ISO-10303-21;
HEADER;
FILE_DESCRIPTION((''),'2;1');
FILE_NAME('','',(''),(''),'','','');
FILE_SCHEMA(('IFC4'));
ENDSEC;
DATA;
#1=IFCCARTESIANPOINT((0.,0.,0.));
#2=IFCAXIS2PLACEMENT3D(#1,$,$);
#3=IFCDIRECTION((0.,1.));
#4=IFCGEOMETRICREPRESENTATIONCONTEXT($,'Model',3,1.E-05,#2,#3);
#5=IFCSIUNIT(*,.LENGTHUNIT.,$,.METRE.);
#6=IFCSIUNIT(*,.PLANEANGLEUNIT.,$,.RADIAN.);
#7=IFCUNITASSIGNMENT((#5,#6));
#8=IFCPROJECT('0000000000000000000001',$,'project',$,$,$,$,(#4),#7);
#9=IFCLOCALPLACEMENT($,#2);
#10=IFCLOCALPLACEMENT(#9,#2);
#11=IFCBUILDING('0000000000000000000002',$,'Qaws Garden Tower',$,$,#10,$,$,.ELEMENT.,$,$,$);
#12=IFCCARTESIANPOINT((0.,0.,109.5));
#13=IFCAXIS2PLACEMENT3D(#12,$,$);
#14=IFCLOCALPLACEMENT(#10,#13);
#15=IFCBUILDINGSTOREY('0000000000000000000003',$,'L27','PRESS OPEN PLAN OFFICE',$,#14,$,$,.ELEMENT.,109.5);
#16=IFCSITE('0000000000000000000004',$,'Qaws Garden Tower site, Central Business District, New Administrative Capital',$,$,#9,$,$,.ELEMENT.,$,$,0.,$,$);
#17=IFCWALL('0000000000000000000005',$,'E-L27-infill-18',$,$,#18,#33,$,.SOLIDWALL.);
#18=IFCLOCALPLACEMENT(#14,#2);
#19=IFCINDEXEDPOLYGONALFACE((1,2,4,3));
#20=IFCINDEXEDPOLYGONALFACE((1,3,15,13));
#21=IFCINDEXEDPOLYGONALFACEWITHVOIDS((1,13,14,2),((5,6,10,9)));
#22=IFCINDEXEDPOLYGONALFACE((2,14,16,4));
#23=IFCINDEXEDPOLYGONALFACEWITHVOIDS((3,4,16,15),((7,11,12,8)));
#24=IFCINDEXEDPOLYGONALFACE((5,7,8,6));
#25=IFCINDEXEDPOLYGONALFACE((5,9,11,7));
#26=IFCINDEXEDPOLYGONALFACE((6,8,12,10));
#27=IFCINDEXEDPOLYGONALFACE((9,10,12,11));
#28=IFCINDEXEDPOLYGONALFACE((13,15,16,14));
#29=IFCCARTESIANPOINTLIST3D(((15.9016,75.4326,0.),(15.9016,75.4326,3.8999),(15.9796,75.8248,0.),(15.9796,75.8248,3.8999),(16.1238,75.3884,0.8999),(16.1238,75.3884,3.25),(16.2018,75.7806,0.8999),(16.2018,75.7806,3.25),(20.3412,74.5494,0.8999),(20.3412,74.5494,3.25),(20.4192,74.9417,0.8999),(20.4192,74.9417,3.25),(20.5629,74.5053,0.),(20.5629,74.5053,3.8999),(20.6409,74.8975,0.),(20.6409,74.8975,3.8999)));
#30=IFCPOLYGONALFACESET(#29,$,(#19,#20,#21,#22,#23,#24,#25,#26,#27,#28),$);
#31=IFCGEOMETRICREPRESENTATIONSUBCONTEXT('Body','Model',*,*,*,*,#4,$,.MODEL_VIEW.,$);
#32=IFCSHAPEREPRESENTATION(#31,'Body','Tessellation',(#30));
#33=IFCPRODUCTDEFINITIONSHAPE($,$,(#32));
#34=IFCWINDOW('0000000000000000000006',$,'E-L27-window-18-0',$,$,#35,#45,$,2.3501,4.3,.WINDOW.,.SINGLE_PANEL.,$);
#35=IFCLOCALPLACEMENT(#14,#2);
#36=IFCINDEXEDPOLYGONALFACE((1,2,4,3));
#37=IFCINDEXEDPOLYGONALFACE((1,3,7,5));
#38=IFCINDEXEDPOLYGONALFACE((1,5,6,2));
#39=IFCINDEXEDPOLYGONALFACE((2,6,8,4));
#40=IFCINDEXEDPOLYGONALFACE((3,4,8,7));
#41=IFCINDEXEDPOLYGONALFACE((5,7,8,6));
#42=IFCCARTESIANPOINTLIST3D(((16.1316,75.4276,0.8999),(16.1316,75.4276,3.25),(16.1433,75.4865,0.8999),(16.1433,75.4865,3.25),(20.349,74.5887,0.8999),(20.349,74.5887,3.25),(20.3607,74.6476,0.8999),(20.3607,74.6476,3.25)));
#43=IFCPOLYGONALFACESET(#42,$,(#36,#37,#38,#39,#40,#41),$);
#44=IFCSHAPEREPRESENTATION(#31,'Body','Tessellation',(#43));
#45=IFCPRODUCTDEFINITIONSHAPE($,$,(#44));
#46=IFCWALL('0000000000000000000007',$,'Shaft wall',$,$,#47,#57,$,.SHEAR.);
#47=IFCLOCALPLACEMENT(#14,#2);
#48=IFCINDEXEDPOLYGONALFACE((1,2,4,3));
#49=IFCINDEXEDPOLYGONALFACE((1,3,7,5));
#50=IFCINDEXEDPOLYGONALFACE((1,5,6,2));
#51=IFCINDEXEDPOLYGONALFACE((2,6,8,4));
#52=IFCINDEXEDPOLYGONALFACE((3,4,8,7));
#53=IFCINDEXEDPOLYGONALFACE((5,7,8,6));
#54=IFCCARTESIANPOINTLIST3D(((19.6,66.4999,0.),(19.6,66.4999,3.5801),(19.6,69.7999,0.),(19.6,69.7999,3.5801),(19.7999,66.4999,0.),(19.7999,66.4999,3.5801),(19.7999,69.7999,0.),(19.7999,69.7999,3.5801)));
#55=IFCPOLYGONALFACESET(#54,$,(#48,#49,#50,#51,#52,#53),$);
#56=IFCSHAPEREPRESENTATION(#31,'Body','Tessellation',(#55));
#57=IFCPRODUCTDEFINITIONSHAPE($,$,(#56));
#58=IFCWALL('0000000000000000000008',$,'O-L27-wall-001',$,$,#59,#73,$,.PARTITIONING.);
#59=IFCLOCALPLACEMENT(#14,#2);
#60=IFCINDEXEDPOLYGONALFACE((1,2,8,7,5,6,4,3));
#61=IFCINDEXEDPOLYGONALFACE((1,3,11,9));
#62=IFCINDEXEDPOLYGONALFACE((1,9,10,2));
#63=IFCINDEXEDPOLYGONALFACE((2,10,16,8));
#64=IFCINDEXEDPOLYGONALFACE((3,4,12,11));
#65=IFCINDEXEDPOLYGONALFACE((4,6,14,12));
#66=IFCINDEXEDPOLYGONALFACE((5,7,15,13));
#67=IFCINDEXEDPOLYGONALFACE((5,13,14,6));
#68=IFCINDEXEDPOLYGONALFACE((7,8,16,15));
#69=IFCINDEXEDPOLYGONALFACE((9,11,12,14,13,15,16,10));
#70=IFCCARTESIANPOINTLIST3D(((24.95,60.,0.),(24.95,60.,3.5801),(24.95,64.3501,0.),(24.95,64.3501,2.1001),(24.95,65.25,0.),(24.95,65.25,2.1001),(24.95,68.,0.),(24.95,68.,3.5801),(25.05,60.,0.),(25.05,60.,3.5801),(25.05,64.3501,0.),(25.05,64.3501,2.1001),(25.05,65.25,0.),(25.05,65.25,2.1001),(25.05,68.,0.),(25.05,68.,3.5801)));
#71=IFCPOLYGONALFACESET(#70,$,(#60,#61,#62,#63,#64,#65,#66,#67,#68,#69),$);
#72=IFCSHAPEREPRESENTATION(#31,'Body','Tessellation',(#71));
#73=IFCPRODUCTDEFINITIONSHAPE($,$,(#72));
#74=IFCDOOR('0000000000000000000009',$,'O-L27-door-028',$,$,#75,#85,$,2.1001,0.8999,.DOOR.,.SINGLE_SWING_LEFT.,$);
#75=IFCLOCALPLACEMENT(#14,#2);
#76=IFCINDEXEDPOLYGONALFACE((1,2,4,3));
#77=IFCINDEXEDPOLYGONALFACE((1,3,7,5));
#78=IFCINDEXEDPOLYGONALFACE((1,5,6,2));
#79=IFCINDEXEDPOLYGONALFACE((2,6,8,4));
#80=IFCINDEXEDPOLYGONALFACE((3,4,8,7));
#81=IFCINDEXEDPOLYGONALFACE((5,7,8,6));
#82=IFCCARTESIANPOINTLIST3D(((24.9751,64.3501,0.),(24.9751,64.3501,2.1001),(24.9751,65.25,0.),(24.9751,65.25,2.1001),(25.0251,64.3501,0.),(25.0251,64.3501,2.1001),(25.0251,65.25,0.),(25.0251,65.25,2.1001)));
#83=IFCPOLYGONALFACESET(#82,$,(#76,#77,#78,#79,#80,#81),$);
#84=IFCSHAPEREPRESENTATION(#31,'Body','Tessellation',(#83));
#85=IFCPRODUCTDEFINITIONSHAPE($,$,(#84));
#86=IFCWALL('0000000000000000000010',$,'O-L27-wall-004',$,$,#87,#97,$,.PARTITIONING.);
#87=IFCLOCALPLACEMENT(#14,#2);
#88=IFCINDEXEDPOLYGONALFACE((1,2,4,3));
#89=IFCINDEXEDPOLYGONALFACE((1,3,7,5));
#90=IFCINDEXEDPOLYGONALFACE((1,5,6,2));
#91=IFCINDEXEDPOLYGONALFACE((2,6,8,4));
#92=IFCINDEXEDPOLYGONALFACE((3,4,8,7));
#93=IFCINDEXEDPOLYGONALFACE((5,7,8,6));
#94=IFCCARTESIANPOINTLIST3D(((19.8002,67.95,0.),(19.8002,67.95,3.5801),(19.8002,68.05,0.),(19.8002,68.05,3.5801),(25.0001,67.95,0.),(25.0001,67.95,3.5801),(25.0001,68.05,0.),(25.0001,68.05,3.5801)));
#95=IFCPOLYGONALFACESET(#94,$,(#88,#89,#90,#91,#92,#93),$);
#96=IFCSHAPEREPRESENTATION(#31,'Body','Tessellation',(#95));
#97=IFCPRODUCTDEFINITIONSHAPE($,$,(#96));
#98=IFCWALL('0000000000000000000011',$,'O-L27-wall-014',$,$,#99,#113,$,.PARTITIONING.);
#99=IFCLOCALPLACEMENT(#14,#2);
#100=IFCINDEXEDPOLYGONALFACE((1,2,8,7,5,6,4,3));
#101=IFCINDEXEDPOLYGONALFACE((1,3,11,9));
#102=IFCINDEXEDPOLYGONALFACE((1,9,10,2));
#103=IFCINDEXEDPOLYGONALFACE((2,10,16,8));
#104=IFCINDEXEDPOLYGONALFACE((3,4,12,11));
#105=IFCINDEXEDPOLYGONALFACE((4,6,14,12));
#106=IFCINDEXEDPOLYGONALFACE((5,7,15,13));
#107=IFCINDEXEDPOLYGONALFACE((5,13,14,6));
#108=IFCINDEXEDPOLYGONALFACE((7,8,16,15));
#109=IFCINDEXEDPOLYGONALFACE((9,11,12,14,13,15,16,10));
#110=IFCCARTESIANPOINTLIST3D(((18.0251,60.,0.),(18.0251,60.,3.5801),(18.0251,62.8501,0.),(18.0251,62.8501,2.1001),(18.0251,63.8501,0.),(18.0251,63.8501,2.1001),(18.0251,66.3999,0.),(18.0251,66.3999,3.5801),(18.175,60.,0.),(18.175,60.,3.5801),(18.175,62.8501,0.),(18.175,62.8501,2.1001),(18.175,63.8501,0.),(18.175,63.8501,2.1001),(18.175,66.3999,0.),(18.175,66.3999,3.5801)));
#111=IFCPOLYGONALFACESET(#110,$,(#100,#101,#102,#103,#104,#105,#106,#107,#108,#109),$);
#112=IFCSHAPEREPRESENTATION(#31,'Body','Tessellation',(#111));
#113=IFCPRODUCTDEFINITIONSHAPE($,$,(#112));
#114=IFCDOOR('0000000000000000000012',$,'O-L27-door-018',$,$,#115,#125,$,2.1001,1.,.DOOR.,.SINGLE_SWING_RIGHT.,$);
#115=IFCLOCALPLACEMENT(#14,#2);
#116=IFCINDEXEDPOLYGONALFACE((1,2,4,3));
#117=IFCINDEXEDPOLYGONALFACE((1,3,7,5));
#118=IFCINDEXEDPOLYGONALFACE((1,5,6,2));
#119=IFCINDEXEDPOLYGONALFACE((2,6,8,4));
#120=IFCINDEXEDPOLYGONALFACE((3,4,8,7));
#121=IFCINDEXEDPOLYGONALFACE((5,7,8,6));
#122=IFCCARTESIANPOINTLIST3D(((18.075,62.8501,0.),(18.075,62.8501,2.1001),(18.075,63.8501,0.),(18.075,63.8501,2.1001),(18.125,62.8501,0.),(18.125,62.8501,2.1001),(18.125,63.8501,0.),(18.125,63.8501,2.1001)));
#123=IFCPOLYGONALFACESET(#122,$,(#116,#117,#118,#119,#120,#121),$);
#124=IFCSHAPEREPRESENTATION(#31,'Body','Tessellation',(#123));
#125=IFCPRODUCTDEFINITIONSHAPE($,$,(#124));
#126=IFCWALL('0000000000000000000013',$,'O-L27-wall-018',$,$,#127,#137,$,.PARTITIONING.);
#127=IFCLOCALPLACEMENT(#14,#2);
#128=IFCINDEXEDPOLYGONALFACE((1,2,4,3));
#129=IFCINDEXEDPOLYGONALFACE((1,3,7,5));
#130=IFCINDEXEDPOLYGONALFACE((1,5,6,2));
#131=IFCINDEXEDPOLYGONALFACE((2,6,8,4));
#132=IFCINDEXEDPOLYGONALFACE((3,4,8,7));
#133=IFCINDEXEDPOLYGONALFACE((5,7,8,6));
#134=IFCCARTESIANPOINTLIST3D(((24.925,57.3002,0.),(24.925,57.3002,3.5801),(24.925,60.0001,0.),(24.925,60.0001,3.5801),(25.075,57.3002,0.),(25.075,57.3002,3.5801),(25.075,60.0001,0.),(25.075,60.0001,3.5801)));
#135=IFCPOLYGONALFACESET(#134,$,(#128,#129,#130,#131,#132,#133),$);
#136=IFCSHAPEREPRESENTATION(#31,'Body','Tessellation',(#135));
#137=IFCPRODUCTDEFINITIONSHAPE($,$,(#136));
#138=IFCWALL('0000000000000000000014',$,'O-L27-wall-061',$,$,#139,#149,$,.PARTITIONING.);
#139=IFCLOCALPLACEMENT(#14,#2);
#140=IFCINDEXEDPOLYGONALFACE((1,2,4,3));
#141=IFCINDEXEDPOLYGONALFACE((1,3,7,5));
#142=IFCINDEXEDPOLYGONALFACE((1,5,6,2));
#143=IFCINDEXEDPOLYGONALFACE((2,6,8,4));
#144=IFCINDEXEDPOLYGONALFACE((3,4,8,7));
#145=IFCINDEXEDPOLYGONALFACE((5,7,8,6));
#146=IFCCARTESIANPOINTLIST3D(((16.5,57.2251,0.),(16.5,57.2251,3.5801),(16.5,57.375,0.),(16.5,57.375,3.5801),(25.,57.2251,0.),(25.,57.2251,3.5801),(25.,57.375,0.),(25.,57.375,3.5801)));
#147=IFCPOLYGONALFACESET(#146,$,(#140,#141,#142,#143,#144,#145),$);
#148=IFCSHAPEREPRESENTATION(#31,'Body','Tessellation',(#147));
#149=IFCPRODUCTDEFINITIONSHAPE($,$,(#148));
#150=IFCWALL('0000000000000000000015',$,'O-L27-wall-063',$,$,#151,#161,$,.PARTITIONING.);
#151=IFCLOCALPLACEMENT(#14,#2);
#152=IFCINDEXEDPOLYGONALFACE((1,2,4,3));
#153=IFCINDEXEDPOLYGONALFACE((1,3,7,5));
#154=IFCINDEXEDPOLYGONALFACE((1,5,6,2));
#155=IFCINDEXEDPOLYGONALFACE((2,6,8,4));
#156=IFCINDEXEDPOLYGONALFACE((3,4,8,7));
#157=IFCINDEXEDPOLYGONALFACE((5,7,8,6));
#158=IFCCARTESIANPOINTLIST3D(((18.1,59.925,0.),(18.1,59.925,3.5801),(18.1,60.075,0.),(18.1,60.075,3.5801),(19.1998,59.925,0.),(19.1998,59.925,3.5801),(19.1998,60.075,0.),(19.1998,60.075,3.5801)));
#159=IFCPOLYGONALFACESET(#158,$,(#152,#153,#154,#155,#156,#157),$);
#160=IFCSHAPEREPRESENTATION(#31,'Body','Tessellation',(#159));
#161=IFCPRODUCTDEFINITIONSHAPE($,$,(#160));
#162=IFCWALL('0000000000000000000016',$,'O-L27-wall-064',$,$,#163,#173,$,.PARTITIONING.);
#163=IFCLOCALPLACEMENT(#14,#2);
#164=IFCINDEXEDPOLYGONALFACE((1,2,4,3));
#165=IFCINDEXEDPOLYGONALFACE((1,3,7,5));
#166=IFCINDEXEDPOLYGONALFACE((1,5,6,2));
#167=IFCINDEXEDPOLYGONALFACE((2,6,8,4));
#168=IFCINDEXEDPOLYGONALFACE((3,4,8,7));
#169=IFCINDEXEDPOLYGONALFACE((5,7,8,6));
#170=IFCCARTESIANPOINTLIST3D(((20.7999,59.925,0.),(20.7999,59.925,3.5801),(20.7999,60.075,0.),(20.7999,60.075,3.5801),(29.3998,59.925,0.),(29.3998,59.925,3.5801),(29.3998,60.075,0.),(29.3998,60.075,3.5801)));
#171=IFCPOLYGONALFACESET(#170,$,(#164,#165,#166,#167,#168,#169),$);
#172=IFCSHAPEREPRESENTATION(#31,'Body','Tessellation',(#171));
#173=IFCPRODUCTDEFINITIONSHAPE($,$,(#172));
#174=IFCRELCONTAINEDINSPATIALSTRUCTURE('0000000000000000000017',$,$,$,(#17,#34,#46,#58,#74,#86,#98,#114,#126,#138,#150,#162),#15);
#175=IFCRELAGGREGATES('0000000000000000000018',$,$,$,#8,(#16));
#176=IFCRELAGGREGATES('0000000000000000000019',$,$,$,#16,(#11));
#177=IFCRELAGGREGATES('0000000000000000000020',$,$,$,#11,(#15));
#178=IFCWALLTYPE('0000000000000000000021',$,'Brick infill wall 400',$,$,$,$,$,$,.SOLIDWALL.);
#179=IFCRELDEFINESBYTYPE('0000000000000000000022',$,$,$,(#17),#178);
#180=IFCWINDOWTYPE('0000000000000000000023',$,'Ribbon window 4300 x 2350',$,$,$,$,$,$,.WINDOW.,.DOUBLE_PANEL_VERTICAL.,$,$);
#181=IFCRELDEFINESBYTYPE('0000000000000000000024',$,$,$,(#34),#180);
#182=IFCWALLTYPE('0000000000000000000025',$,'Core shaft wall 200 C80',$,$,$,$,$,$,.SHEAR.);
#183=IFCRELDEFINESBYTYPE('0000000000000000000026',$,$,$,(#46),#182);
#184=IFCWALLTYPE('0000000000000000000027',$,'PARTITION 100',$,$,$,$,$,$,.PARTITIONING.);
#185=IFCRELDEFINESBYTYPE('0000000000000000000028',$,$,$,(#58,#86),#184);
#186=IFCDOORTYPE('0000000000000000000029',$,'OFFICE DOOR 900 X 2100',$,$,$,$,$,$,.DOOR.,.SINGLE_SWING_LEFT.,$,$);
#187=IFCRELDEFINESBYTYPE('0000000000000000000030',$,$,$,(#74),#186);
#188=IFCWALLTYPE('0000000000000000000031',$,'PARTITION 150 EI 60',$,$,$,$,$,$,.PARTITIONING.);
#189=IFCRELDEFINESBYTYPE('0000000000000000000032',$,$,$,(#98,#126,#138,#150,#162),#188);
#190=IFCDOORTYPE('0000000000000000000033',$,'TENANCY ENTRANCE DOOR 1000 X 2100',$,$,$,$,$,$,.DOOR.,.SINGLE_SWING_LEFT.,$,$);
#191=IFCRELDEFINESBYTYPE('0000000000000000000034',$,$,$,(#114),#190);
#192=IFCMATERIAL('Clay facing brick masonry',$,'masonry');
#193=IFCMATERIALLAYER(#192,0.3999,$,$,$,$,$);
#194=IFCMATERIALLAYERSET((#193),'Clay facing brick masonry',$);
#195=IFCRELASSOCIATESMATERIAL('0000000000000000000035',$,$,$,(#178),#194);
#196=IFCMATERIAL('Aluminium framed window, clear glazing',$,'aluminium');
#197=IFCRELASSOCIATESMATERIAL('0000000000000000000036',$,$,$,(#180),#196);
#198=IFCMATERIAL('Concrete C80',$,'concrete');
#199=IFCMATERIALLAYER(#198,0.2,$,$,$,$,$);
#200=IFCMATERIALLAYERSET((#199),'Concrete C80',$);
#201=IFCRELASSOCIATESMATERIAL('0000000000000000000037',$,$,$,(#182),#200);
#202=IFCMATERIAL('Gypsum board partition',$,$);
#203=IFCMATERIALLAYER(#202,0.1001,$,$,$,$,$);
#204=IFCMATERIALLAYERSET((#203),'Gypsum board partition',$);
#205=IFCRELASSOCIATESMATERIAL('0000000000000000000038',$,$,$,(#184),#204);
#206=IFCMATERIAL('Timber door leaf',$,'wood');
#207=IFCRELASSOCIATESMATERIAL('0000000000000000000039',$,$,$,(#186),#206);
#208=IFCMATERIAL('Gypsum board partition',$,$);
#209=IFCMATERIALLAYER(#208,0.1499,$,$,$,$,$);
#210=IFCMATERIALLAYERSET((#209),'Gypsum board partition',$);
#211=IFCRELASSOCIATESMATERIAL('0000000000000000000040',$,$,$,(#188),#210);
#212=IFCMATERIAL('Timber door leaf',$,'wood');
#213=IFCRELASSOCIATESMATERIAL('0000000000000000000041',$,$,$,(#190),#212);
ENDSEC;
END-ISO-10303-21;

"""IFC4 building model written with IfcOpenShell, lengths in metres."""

from ifc_helpers import new_model, si_unit, direction, frame, frame_2d, origin, place, context, subcontext, project, spatial, rectangle, extrude, material, layer, layer_set, type_object, element, fill, save


model = new_model("IFC4")

# Units and contexts
model_context = context("Model", 3, precision=1e-05, world=origin(), true_north=direction((0.0, 1.0)))
body_context = subcontext(model_context, "Body", "Model", "MODEL_VIEW")
ifc_project = project(units=[si_unit("LENGTHUNIT", "METRE"), si_unit("PLANEANGLEUNIT", "RADIAN")], contexts=[model_context])

# Site, building, storey
site_placement = place(None, origin())
site = spatial("IfcSite", under=ifc_project, at=site_placement, Name="Qaws Garden Tower site, Central Business District, New Administrative Capital", CompositionType="ELEMENT", RefElevation=0.0)
building_placement = place(site_placement, origin())
building = spatial("IfcBuilding", under=site, at=building_placement, Name="Qaws Garden Tower", CompositionType="ELEMENT")
storey_placement = place(building_placement, frame((0.0, 0.0, 109.5)))
storey = spatial("IfcBuildingStorey", under=building, at=storey_placement, Name="L27", Description="PRESS OPEN PLAN OFFICE", CompositionType="ELEMENT", Elevation=109.5)

# Wall, opening, window
ifc_material_1 = material(Name="Clay facing brick masonry", Category="masonry")
ifc_layer_1 = layer(ifc_material_1, 0.3999)
ifc_layer_set_1 = layer_set([ifc_layer_1], Name="Clay facing brick masonry")
wall_type_1 = type_object("IfcWallType", Name="Brick infill wall 400", PredefinedType="SOLIDWALL", material=ifc_layer_set_1)
ifc_material_2 = material(Name="Aluminium framed window, clear glazing", Category="aluminium")
window_type = type_object("IfcWindowType", Name="Ribbon window 4300 x 2350", PartitioningType="DOUBLE_PANEL_VERTICAL", PredefinedType="WINDOW", material=ifc_material_2)
wall_1_placement = place(storey_placement, frame((20.6021, 74.7014, 0.0), z_axis=(0.0, 0.0, 1.0), x_axis=(-0.980784, 0.195099, 0.0)))
wall_1 = element("IfcWall", 1, at=wall_1_placement, inside=storey, type_object=wall_type_1, Name="E-L27-infill-18", PredefinedType="SOLIDWALL", context=body_context, shape_type="SweptSolid", body=[
    extrude(rectangle(XDim=4.7527, YDim=0.3999, at=frame_2d((2.3765, 0.0))), origin(), (0.0, 0.0, 1.0), 3.8999),
])
opening_1_placement = place(wall_1_placement, frame((0.2263, 0.0, 0.8999)))
opening_1 = element("IfcOpeningElement", 2, at=opening_1_placement, cuts=wall_1, PredefinedType="OPENING", context=body_context, shape_type="SweptSolid", body=[
    extrude(rectangle(XDim=4.3, YDim=2.3501, at=frame_2d((2.1499, 1.175))), frame((0.0, 0.21, 0.0), z_axis=(0.0, -1.0, 0.0), x_axis=(1.0, 0.0, 0.0)), (0.0, 0.0, 1.0), 0.4199),
])
window_1_placement = place(opening_1_placement, origin())
window_1 = element("IfcWindow", 3, at=window_1_placement, inside=storey, type_object=window_type, Name="E-L27-window-18-0", OverallHeight=2.3501, OverallWidth=4.3, PartitioningType="SINGLE_PANEL", PredefinedType="WINDOW", context=body_context, shape_type="SweptSolid", body=[
    extrude(rectangle(XDim=4.3, YDim=2.3501, at=frame_2d((2.1499, 1.175))), frame((0.0, 0.1599, 0.0), z_axis=(0.0, -1.0, 0.0), x_axis=(1.0, 0.0, 0.0)), (0.0, 0.0, 1.0), 0.0601),
])
fill(opening_1, window_1)

# Wall
ifc_material_3 = material(Name="Concrete C80", Category="concrete")
ifc_layer_2 = layer(ifc_material_3, 0.2)
ifc_layer_set_2 = layer_set([ifc_layer_2], Name="Concrete C80")
wall_type_2 = type_object("IfcWallType", Name="Core shaft wall 200 C80", PredefinedType="SHEAR", material=ifc_layer_set_2)
wall_2_placement = place(storey_placement, frame((19.7, 66.5, 0.0), z_axis=(0.0, 0.0, 1.0), x_axis=(0.0, 1.0, 0.0)))
element("IfcWall", 4, at=wall_2_placement, inside=storey, type_object=wall_type_2, Name="Shaft wall", PredefinedType="SHEAR", context=body_context, shape_type="SweptSolid", body=[
    extrude(rectangle(XDim=3.3, YDim=0.2, at=frame_2d((1.6499, 0.0))), origin(), (0.0, 0.0, 1.0), 3.5801),
])

# Wall, opening, door
ifc_material_4 = material(Name="Gypsum board partition")
ifc_layer_3 = layer(ifc_material_4, 0.1001)
ifc_layer_set_3 = layer_set([ifc_layer_3], Name="Gypsum board partition")
wall_type_3 = type_object("IfcWallType", Name="PARTITION 100", PredefinedType="PARTITIONING", material=ifc_layer_set_3)
wall_3_placement = place(storey_placement, frame((25.0, 60.0, 0.0), z_axis=(0.0, 0.0, 1.0), x_axis=(0.0, 1.0, 0.0)))
wall_3 = element("IfcWall", 5, at=wall_3_placement, inside=storey, type_object=wall_type_3, Name="O-L27-wall-001", PredefinedType="PARTITIONING", context=body_context, shape_type="SweptSolid", body=[
    extrude(rectangle(XDim=8.0, YDim=0.1001, at=frame_2d((4.0, 0.0))), origin(), (0.0, 0.0, 1.0), 3.5801),
])
opening_2_placement = place(wall_3_placement, frame((4.3501, 0.0, 0.0)))
opening_2 = element("IfcOpeningElement", 6, at=opening_2_placement, cuts=wall_3, PredefinedType="OPENING", context=body_context, shape_type="SweptSolid", body=[
    extrude(rectangle(XDim=0.8999, YDim=2.1001, at=frame_2d((0.45, 1.05))), frame((0.0, 0.0601, 0.0), z_axis=(0.0, -1.0, 0.0), x_axis=(1.0, 0.0, 0.0)), (0.0, 0.0, 1.0), 0.1201),
])
ifc_material_5 = material(Name="Timber door leaf", Category="wood")
door_type_1 = type_object("IfcDoorType", Name="OFFICE DOOR 900 X 2100", OperationType="SINGLE_SWING_LEFT", PredefinedType="DOOR", material=ifc_material_5)
door_1_placement = place(opening_2_placement, origin())
door_1 = element("IfcDoor", 7, at=door_1_placement, inside=storey, type_object=door_type_1, Name="O-L27-door-028", OperationType="SINGLE_SWING_LEFT", OverallHeight=2.1001, OverallWidth=0.8999, PredefinedType="DOOR", context=body_context, shape_type="SweptSolid", body=[
    extrude(rectangle(XDim=0.8999, YDim=2.1001, at=frame_2d((0.45, 1.05))), frame((0.0, 0.0249, 0.0), z_axis=(0.0, -1.0, 0.0), x_axis=(1.0, 0.0, 0.0)), (0.0, 0.0, 1.0), 0.05),
])
fill(opening_2, door_1)

# Wall
wall_4_placement = place(storey_placement, frame((19.8, 68.0, 0.0), z_axis=(0.0, 0.0, 1.0), x_axis=(1.0, 0.0, 0.0)))
element("IfcWall", 8, at=wall_4_placement, inside=storey, type_object=wall_type_3, Name="O-L27-wall-004", PredefinedType="PARTITIONING", context=body_context, shape_type="SweptSolid", body=[
    extrude(rectangle(XDim=5.2, YDim=0.1001, at=frame_2d((2.6001, 0.0))), origin(), (0.0, 0.0, 1.0), 3.5801),
])

# Wall, opening, door
ifc_material_6 = material(Name="Gypsum board partition")
ifc_layer_4 = layer(ifc_material_6, 0.1499)
ifc_layer_set_4 = layer_set([ifc_layer_4], Name="Gypsum board partition")
wall_type_4 = type_object("IfcWallType", Name="PARTITION 150 EI 60", PredefinedType="PARTITIONING", material=ifc_layer_set_4)
wall_5_placement = place(storey_placement, frame((18.1001, 60.0, 0.0), z_axis=(0.0, 0.0, 1.0), x_axis=(0.0, 1.0, 0.0)))
wall_5 = element("IfcWall", 9, at=wall_5_placement, inside=storey, type_object=wall_type_4, Name="O-L27-wall-014", PredefinedType="PARTITIONING", context=body_context, shape_type="SweptSolid", body=[
    extrude(rectangle(XDim=6.3999, YDim=0.1499, at=frame_2d((3.2, 0.0))), origin(), (0.0, 0.0, 1.0), 3.5801),
])
opening_3_placement = place(wall_5_placement, frame((2.8501, 0.0, 0.0)))
opening_3 = element("IfcOpeningElement", 10, at=opening_3_placement, cuts=wall_5, PredefinedType="OPENING", context=body_context, shape_type="SweptSolid", body=[
    extrude(rectangle(XDim=1.0, YDim=2.1001, at=frame_2d((0.5, 1.05))), frame((0.0, 0.085, 0.0), z_axis=(0.0, -1.0, 0.0), x_axis=(1.0, 0.0, 0.0)), (0.0, 0.0, 1.0), 0.1699),
])
ifc_material_7 = material(Name="Timber door leaf", Category="wood")
door_type_2 = type_object("IfcDoorType", Name="TENANCY ENTRANCE DOOR 1000 X 2100", OperationType="SINGLE_SWING_LEFT", PredefinedType="DOOR", material=ifc_material_7)
door_2_placement = place(opening_3_placement, frame((1.0, 0.0, 0.0), z_axis=(0.0, 0.0, 1.0), x_axis=(-1.0, 0.0, 0.0)))
door_2 = element("IfcDoor", 11, at=door_2_placement, inside=storey, type_object=door_type_2, Name="O-L27-door-018", OperationType="SINGLE_SWING_RIGHT", OverallHeight=2.1001, OverallWidth=1.0, PredefinedType="DOOR", context=body_context, shape_type="SweptSolid", body=[
    extrude(rectangle(XDim=1.0, YDim=2.1001, at=frame_2d((0.5, 1.05))), frame((0.0, 0.0249, 0.0), z_axis=(0.0, -1.0, 0.0), x_axis=(1.0, 0.0, 0.0)), (0.0, 0.0, 1.0), 0.05),
])
fill(opening_3, door_2)

# Walls
wall_6_placement = place(storey_placement, frame((25.0, 57.3, 0.0), z_axis=(0.0, 0.0, 1.0), x_axis=(0.0, 1.0, 0.0)))
element("IfcWall", 12, at=wall_6_placement, inside=storey, type_object=wall_type_4, Name="O-L27-wall-018", PredefinedType="PARTITIONING", context=body_context, shape_type="SweptSolid", body=[
    extrude(rectangle(XDim=2.7, YDim=0.1499, at=frame_2d((1.3501, 0.0))), origin(), (0.0, 0.0, 1.0), 3.5801),
])
wall_7_placement = place(storey_placement, frame((16.5, 57.3, 0.0), z_axis=(0.0, 0.0, 1.0), x_axis=(1.0, 0.0, 0.0)))
element("IfcWall", 13, at=wall_7_placement, inside=storey, type_object=wall_type_4, Name="O-L27-wall-061", PredefinedType="PARTITIONING", context=body_context, shape_type="SweptSolid", body=[
    extrude(rectangle(XDim=8.5, YDim=0.1499, at=frame_2d((4.25, 0.0))), origin(), (0.0, 0.0, 1.0), 3.5801),
])
wall_8_placement = place(storey_placement, frame((18.1001, 60.0, 0.0), z_axis=(0.0, 0.0, 1.0), x_axis=(1.0, 0.0, 0.0)))
element("IfcWall", 14, at=wall_8_placement, inside=storey, type_object=wall_type_4, Name="O-L27-wall-063", PredefinedType="PARTITIONING", context=body_context, shape_type="SweptSolid", body=[
    extrude(rectangle(XDim=1.0999, YDim=0.1499, at=frame_2d((0.5498, 0.0))), origin(), (0.0, 0.0, 1.0), 3.5801),
])
wall_9_placement = place(storey_placement, frame((20.8, 60.0, 0.0), z_axis=(0.0, 0.0, 1.0), x_axis=(1.0, 0.0, 0.0)))
element("IfcWall", 15, at=wall_9_placement, inside=storey, type_object=wall_type_4, Name="O-L27-wall-064", PredefinedType="PARTITIONING", context=body_context, shape_type="SweptSolid", body=[
    extrude(rectangle(XDim=8.5999, YDim=0.1499, at=frame_2d((4.2998, 0.0))), origin(), (0.0, 0.0, 1.0), 3.5801),
])

save(model, "model.ifc")
